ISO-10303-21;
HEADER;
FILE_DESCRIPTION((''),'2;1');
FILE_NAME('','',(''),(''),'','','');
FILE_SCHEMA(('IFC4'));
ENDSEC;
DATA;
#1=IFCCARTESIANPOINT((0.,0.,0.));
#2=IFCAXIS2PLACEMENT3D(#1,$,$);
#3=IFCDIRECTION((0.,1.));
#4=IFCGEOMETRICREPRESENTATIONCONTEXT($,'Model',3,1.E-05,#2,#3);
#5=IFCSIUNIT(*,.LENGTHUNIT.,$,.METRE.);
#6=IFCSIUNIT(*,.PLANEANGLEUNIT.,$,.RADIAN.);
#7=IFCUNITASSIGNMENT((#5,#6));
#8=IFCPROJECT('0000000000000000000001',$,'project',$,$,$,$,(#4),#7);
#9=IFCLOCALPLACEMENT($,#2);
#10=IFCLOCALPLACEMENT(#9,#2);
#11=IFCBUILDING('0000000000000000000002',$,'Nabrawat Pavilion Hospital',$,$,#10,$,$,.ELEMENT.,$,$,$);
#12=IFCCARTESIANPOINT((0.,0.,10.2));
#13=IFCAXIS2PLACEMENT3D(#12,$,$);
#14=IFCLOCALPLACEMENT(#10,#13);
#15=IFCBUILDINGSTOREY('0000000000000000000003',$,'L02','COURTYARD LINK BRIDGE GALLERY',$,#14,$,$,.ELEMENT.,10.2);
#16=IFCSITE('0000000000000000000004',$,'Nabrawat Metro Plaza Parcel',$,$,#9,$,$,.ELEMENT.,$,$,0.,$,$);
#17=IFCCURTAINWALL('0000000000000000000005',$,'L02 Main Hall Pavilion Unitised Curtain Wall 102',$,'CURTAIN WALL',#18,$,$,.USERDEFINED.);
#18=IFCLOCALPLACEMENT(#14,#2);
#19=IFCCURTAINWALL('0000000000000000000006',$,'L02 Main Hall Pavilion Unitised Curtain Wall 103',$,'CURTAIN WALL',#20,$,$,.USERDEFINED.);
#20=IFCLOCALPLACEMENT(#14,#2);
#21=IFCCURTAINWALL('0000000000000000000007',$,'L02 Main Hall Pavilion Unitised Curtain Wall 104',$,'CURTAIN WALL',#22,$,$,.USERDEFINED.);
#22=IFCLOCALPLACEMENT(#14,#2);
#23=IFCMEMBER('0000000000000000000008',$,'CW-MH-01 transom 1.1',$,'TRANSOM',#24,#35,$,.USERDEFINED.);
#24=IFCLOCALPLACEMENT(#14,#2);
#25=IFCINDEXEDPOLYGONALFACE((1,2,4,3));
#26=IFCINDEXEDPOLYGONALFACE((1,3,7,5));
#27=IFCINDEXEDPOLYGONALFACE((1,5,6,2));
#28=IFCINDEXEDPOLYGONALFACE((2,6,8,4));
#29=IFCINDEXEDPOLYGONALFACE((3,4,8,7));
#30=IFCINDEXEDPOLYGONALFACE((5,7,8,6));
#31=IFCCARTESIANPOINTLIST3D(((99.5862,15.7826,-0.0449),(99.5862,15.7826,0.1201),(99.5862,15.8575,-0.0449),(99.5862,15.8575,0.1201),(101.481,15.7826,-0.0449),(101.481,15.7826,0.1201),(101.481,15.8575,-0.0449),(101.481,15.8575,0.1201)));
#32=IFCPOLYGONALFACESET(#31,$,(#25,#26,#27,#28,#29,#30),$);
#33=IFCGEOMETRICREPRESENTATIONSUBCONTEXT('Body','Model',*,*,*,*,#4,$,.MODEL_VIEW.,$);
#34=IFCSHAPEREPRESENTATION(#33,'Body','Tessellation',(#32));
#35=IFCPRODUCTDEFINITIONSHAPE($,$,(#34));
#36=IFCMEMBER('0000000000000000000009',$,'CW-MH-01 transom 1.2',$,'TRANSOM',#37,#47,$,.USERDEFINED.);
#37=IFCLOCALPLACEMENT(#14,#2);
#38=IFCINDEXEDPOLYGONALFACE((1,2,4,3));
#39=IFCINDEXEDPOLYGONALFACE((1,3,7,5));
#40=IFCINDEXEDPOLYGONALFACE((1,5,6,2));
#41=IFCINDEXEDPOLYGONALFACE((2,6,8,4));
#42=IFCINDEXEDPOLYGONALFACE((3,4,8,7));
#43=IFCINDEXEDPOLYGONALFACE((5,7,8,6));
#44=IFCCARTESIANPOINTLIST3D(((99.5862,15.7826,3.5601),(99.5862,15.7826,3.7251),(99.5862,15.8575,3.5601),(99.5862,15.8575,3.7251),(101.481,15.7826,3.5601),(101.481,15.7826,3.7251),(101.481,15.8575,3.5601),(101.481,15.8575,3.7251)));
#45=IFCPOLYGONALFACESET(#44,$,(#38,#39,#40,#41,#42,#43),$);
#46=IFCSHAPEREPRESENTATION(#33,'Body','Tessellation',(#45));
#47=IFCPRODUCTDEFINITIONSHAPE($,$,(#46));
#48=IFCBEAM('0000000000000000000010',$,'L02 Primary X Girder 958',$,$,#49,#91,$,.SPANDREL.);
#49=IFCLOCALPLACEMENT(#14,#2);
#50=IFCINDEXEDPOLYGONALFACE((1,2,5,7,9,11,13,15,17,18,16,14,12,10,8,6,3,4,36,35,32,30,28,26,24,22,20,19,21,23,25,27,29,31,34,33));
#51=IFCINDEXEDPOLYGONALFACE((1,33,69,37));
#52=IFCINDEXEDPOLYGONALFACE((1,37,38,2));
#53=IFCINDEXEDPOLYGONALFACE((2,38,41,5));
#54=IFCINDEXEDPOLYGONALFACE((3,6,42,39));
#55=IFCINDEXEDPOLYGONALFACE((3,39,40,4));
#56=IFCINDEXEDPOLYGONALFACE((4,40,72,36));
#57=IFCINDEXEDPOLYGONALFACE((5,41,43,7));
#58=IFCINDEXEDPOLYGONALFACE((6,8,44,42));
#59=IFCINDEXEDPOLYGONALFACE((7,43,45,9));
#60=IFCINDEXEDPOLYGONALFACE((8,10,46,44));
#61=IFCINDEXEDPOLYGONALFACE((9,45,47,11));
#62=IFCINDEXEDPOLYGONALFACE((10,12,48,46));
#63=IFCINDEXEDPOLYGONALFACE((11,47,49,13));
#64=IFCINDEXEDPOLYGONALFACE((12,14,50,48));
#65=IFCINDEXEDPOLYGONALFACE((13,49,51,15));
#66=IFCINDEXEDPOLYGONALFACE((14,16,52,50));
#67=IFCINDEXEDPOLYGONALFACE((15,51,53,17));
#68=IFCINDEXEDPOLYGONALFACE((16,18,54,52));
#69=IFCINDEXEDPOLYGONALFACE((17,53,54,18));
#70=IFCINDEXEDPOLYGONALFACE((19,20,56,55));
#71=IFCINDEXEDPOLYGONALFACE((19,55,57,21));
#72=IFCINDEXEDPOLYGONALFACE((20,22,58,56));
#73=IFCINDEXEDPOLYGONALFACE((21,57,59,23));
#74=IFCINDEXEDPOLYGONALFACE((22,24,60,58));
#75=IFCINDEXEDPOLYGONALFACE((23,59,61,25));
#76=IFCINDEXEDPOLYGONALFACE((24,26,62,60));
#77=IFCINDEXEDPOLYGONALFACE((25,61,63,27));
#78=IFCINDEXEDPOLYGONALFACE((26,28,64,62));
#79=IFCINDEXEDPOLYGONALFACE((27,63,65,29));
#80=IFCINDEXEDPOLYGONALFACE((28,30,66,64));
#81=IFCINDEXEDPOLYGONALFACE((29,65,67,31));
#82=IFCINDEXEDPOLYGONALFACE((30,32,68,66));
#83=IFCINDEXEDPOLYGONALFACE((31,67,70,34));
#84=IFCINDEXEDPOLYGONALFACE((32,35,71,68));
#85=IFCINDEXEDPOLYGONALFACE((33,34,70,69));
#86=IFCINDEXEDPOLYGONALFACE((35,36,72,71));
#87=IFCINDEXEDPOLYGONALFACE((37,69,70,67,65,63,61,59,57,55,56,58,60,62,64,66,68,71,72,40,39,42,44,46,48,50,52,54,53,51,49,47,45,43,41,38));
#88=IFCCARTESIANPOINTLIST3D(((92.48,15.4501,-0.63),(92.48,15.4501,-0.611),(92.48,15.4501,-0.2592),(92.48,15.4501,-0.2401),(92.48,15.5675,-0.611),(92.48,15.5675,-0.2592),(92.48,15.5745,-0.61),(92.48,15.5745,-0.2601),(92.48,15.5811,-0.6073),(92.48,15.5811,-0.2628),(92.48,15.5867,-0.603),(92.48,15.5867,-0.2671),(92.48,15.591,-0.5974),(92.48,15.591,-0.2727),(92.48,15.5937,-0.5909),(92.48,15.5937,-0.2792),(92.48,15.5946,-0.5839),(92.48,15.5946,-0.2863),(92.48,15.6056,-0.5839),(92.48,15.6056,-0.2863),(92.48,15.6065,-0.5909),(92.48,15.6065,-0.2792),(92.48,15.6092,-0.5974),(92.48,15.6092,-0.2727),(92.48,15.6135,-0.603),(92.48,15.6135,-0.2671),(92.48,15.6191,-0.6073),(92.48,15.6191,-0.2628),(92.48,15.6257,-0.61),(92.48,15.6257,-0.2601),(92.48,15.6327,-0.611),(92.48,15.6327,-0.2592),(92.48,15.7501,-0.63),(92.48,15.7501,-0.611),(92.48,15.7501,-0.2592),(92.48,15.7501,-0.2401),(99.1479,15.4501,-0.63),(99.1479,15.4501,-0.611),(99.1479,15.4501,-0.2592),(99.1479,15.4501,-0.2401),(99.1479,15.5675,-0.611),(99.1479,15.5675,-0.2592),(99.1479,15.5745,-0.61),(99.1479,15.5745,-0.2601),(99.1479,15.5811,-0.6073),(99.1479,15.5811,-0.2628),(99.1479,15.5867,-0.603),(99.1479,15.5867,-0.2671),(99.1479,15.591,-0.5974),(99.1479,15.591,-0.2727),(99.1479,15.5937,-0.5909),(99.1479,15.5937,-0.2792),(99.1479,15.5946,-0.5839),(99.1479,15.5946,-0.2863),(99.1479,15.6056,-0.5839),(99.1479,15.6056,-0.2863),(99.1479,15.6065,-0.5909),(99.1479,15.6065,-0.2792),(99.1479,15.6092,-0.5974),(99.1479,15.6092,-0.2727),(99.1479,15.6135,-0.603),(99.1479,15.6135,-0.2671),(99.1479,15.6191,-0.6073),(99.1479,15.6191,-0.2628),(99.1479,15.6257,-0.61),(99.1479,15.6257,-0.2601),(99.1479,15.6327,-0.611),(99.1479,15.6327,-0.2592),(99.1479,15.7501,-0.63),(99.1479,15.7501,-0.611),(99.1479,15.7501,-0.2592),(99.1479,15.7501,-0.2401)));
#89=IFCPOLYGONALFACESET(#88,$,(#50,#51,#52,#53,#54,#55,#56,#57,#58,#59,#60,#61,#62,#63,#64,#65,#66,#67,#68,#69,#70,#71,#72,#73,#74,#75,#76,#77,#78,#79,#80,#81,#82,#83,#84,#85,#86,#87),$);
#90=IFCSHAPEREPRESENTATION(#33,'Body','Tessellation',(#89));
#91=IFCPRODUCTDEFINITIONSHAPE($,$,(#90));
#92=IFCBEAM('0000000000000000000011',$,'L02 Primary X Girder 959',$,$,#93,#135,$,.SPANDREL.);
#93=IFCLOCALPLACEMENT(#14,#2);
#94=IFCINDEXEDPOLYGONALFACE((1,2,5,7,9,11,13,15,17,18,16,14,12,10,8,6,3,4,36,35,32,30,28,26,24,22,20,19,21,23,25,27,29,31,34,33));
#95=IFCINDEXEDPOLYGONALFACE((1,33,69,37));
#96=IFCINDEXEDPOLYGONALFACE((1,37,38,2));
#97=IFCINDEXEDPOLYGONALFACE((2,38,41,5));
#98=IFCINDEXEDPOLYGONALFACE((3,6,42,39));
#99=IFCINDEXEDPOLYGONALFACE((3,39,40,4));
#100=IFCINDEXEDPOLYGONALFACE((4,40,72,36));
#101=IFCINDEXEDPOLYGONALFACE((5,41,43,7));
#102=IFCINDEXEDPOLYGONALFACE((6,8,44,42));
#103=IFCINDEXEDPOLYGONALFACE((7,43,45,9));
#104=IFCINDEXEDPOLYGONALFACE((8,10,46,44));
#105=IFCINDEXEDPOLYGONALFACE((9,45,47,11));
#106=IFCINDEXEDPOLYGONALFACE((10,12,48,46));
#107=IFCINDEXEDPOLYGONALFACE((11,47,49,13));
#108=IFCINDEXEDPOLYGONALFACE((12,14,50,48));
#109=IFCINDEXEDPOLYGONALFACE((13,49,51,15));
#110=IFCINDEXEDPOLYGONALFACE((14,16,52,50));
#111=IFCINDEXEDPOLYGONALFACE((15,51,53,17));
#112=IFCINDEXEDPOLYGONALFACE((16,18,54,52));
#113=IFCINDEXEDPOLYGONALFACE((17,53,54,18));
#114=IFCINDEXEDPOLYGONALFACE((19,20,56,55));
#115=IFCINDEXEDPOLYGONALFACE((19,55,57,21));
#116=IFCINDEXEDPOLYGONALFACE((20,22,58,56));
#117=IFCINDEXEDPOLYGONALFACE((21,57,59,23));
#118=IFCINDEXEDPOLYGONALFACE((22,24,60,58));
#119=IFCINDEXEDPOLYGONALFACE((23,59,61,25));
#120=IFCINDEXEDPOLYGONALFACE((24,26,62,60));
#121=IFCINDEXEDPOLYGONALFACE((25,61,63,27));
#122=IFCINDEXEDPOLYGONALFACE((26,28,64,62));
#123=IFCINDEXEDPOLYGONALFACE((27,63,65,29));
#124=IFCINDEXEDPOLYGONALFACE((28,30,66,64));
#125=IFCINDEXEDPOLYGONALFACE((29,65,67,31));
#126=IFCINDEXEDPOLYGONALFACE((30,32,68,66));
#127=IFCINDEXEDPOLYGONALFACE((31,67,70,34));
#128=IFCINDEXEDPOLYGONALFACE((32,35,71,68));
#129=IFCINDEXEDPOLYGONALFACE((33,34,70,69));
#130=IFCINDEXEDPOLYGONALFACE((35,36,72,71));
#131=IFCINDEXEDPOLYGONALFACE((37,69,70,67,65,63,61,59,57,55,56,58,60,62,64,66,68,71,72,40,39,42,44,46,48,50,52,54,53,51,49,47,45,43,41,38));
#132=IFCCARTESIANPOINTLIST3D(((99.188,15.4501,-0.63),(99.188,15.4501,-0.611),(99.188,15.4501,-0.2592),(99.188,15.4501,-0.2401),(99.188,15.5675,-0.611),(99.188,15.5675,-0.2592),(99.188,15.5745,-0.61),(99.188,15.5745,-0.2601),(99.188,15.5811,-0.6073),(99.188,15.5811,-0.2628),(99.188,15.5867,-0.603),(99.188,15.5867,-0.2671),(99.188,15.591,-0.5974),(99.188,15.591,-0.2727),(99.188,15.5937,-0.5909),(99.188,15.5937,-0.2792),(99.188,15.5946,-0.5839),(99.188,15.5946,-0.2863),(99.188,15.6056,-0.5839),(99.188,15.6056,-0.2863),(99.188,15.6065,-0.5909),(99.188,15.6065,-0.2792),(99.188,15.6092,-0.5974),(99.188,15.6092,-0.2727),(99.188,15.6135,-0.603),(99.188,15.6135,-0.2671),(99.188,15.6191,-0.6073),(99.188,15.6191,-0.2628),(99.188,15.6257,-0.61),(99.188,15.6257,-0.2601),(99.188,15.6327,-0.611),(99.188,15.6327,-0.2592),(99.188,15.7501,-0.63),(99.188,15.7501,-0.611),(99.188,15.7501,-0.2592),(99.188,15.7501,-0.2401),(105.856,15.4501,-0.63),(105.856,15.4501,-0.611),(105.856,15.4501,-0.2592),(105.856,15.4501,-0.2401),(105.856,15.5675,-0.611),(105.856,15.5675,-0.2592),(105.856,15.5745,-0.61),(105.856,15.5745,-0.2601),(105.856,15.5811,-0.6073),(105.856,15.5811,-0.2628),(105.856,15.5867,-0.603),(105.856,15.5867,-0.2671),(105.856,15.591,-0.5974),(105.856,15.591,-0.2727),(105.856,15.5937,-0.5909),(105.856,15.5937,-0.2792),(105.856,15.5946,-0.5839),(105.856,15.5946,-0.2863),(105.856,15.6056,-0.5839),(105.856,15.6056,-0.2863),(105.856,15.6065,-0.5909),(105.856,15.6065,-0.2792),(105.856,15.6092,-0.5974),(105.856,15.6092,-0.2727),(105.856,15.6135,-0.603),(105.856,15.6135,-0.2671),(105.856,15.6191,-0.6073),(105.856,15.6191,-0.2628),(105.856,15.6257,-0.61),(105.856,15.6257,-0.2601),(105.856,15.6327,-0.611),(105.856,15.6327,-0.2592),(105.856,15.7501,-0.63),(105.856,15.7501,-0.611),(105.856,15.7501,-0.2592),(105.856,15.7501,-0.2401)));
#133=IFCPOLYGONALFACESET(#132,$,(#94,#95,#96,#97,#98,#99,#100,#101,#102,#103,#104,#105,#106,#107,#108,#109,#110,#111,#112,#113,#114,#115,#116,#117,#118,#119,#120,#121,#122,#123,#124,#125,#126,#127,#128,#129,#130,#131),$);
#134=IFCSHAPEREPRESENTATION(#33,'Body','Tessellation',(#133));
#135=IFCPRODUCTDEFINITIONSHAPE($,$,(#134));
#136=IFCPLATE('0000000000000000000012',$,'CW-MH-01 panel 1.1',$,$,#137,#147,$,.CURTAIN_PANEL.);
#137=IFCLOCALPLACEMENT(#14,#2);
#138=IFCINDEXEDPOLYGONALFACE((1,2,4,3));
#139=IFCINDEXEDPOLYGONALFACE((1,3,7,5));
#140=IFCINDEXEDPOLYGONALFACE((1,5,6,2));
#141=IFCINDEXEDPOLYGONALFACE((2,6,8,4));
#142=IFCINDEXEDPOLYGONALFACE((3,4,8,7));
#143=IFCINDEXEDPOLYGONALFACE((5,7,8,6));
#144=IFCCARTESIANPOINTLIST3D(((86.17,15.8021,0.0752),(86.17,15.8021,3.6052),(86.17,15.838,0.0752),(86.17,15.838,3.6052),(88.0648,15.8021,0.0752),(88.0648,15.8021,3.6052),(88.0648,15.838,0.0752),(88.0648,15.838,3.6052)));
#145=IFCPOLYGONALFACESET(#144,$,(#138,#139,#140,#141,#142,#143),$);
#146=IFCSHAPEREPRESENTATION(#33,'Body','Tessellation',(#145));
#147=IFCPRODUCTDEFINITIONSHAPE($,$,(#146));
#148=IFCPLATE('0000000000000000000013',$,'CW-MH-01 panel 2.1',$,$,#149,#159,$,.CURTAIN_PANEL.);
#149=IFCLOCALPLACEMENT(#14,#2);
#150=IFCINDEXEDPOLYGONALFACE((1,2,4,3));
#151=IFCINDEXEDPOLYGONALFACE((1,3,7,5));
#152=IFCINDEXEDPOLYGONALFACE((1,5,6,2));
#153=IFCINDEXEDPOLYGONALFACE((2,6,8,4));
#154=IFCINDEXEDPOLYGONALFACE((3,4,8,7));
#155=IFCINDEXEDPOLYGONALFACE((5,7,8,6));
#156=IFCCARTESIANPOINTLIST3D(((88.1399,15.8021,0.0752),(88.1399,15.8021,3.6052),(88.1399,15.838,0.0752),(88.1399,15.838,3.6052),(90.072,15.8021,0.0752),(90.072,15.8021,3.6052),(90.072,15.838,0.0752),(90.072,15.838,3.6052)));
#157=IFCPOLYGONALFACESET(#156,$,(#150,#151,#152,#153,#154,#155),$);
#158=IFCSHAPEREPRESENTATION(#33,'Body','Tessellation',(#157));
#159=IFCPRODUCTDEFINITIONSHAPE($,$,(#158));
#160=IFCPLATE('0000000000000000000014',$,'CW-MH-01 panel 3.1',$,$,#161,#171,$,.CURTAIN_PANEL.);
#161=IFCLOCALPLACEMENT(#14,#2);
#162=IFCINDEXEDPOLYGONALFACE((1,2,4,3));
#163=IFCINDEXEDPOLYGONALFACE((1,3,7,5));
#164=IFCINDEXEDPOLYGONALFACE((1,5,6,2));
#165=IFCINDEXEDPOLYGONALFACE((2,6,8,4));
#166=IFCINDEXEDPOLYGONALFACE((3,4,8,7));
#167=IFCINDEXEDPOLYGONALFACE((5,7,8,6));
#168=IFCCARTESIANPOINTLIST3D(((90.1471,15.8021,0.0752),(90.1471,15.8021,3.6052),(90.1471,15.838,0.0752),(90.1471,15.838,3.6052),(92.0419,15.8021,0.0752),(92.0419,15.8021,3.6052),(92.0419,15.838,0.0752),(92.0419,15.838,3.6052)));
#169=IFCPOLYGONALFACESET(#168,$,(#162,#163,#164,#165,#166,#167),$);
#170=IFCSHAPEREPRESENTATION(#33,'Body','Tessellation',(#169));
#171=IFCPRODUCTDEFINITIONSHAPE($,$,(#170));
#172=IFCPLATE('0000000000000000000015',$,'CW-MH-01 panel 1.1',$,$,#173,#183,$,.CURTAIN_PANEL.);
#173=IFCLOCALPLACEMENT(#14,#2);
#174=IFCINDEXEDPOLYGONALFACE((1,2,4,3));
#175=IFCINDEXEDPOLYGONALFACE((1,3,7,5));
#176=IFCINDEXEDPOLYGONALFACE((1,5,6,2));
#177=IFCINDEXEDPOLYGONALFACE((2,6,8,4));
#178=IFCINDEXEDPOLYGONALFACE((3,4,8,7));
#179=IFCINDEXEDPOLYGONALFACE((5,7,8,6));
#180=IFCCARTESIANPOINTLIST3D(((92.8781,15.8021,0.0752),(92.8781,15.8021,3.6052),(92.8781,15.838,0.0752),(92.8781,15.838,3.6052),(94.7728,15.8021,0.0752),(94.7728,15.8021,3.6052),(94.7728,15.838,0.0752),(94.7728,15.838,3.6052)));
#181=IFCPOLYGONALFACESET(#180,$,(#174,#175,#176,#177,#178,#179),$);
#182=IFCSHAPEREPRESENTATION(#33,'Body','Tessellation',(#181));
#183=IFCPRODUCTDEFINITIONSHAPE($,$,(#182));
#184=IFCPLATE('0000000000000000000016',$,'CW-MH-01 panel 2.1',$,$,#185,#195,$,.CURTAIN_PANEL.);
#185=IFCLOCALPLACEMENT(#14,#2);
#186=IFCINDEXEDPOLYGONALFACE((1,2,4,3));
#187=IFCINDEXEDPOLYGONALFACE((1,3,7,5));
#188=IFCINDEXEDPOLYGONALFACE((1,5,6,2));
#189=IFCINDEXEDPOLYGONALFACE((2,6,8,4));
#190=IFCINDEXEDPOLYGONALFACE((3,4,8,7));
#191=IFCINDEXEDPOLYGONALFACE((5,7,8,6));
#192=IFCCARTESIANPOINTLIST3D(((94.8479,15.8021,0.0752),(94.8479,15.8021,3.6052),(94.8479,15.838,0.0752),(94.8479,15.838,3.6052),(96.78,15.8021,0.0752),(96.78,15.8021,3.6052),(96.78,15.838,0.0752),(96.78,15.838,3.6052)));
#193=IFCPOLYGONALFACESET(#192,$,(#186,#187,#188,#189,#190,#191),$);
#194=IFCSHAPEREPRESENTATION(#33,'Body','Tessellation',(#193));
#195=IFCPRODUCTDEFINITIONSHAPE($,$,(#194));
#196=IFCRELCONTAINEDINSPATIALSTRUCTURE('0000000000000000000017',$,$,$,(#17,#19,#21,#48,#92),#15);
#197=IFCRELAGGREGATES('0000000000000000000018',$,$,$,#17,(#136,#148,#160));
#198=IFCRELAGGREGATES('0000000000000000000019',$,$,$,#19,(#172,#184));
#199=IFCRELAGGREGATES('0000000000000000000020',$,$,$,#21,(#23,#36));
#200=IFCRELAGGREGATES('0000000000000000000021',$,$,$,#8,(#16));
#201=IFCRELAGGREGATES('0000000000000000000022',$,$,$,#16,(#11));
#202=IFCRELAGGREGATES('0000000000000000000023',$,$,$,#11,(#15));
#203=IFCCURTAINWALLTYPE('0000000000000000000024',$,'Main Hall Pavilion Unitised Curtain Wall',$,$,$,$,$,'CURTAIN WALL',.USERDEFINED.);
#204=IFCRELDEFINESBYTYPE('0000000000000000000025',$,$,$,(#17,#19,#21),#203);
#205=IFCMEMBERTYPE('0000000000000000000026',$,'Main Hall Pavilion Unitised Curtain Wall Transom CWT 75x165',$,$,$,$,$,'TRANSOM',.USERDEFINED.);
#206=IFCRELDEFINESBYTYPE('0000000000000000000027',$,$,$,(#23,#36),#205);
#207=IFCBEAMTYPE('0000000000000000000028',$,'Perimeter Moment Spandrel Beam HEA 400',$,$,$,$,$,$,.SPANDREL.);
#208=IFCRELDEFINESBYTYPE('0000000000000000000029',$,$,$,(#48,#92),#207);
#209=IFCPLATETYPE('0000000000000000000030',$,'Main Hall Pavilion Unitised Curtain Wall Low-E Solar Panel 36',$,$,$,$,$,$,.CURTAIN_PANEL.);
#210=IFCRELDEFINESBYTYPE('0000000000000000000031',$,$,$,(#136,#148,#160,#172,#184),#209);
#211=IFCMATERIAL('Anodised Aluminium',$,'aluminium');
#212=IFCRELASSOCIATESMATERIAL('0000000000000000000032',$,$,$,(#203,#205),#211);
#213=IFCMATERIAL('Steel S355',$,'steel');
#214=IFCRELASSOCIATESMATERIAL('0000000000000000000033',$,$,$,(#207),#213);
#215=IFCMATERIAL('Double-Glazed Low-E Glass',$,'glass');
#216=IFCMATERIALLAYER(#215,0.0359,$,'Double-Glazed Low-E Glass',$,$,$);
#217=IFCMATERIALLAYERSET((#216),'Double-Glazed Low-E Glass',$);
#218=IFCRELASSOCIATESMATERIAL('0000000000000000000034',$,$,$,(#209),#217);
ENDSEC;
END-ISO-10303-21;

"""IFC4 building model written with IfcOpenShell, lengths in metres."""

from ifc_helpers import new_model, si_unit, direction, frame, origin, origin_2d, place, context, subcontext, project, spatial, rectangle, i_section, extrude, material, layer, layer_set, material_profile, profile_set, type_object, element, aggregate, save


model = new_model("IFC4")

# Units and contexts
model_context = context("Model", 3, precision=1e-05, world=origin(), true_north=direction((0.0, 1.0)))
body_context = subcontext(model_context, "Body", "Model", "MODEL_VIEW")
ifc_project = project(units=[si_unit("LENGTHUNIT", "METRE"), si_unit("PLANEANGLEUNIT", "RADIAN")], contexts=[model_context])

# Site, building, storey
site_placement = place(None, origin())
site = spatial("IfcSite", under=ifc_project, at=site_placement, Name="Nabrawat Metro Plaza Parcel", CompositionType="ELEMENT", RefElevation=0.0)
building_placement = place(site_placement, origin())
building = spatial("IfcBuilding", under=site, at=building_placement, Name="Nabrawat Pavilion Hospital", CompositionType="ELEMENT")
storey_placement = place(building_placement, frame((0.0, 0.0, 10.2)))
storey = spatial("IfcBuildingStorey", under=building, at=storey_placement, Name="L02", Description="COURTYARD LINK BRIDGE GALLERY", CompositionType="ELEMENT", Elevation=10.2)

# Shared definitions
ifc_material_1 = material(Name="Steel S355", Category="steel")

# Curtain walls
ifc_material_2 = material(Name="Anodised Aluminium", Category="aluminium")
curtain_wall_type = type_object("IfcCurtainWallType", Name="Main Hall Pavilion Unitised Curtain Wall", ElementType="CURTAIN WALL", PredefinedType="USERDEFINED", material=ifc_material_2)
curtain_wall_1_placement = place(storey_placement, origin())
curtain_wall_1 = element("IfcCurtainWall", 1, at=curtain_wall_1_placement, inside=storey, type_object=curtain_wall_type, Name="L02 Main Hall Pavilion Unitised Curtain Wall 102", ObjectType="CURTAIN WALL", PredefinedType="USERDEFINED")
curtain_wall_2_placement = place(storey_placement, origin())
curtain_wall_2 = element("IfcCurtainWall", 2, at=curtain_wall_2_placement, inside=storey, type_object=curtain_wall_type, Name="L02 Main Hall Pavilion Unitised Curtain Wall 103", ObjectType="CURTAIN WALL", PredefinedType="USERDEFINED")

# Curtain wall
curtain_wall_3_placement = place(storey_placement, origin())
curtain_wall_3 = element("IfcCurtainWall", 3, at=curtain_wall_3_placement, inside=storey, type_object=curtain_wall_type, Name="L02 Main Hall Pavilion Unitised Curtain Wall 104", ObjectType="CURTAIN WALL", PredefinedType="USERDEFINED")

# Members
ifc_material_profile_1 = material_profile(ifc_material_2, rectangle(XDim=0.075, YDim=0.165, at=origin_2d()), Name="CWT 75x165")
ifc_profile_set_1 = profile_set([ifc_material_profile_1], Name="Anodised Aluminium")
member_type_1 = type_object("IfcMemberType", Name="Main Hall Pavilion Unitised Curtain Wall Transom CWT 75x165", ElementType="TRANSOM", PredefinedType="USERDEFINED", material=ifc_profile_set_1)
member_1_placement = place(storey_placement, frame((99.5862, 15.8201, 0.0376), z_axis=(1.0, 0.0, 0.0), x_axis=(0.0, 1.0, 0.0)))
member_1 = element("IfcMember", 4, at=member_1_placement, type_object=member_type_1, Name="CW-MH-01 transom 1.1", ObjectType="TRANSOM", PredefinedType="USERDEFINED", context=body_context, shape_type="SweptSolid", body=[
    extrude(rectangle(XDim=0.075, YDim=0.165, at=origin_2d()), origin(), (0.0, 0.0, 1.0), 1.8948),
])
member_2_placement = place(storey_placement, frame((99.5862, 15.8201, 3.6426), z_axis=(1.0, 0.0, 0.0), x_axis=(0.0, 1.0, 0.0)))
member_2 = element("IfcMember", 5, at=member_2_placement, type_object=member_type_1, Name="CW-MH-01 transom 1.2", ObjectType="TRANSOM", PredefinedType="USERDEFINED", context=body_context, shape_type="SweptSolid", body=[
    extrude(rectangle(XDim=0.075, YDim=0.165, at=origin_2d()), origin(), (0.0, 0.0, 1.0), 1.8948),
])

# Beams
ifc_material_profile_2 = material_profile(ifc_material_1, i_section(OverallWidth=0.3, OverallDepth=0.3899, WebThickness=0.011, FlangeThickness=0.019, FilletRadius=0.0271, at=origin_2d()), Name="HEA 400")
ifc_profile_set_2 = profile_set([ifc_material_profile_2], Name="Steel S355")
beam_type = type_object("IfcBeamType", Name="Perimeter Moment Spandrel Beam HEA 400", PredefinedType="SPANDREL", material=ifc_profile_set_2)
for number, where, z_axis, x_axis, name in (
    (6, (92.48, 15.6001, -0.4351), (1.0, 0.0, 0.0), (0.0, 1.0, 0.0), "L02 Primary X Girder 958"),
    (7, (99.188, 15.6001, -0.4351), (1.0, 0.0, 0.0), (0.0, 1.0, 0.0), "L02 Primary X Girder 959"),
):
    element("IfcBeam", number, at=place(storey_placement, frame(where, z_axis=z_axis, x_axis=x_axis)), inside=storey, type_object=beam_type, Name=name, PredefinedType="SPANDREL", context=body_context, shape_type="SweptSolid", body=[
        extrude(i_section(OverallWidth=0.3, OverallDepth=0.3899, WebThickness=0.011, FlangeThickness=0.019, FilletRadius=0.0271, at=origin_2d()), origin(), (0.0, 0.0, 1.0), 6.668),
    ])

# Plates
ifc_material_3 = material(Name="Double-Glazed Low-E Glass", Category="glass")
ifc_layer = layer(ifc_material_3, 0.0359, Name="Double-Glazed Low-E Glass")
ifc_layer_set = layer_set([ifc_layer], Name="Double-Glazed Low-E Glass")
plate_type = type_object("IfcPlateType", Name="Main Hall Pavilion Unitised Curtain Wall Low-E Solar Panel 36", PredefinedType="CURTAIN_PANEL", material=ifc_layer_set)
plate_1_placement = place(storey_placement, frame((87.1174, 15.8201, 0.0752), z_axis=(0.0, 0.0, 1.0), x_axis=(1.0, 0.0, 0.0)))
plate_1 = element("IfcPlate", 8, at=plate_1_placement, type_object=plate_type, Name="CW-MH-01 panel 1.1", PredefinedType="CURTAIN_PANEL", context=body_context, shape_type="SweptSolid", body=[
    extrude(rectangle(XDim=1.8948, YDim=0.0359, at=origin_2d()), origin(), (0.0, 0.0, 1.0), 3.53),
])
plate_2_placement = place(storey_placement, frame((89.106, 15.8201, 0.0752), z_axis=(0.0, 0.0, 1.0), x_axis=(1.0, 0.0, 0.0)))
plate_2 = element("IfcPlate", 9, at=plate_2_placement, type_object=plate_type, Name="CW-MH-01 panel 2.1", PredefinedType="CURTAIN_PANEL", context=body_context, shape_type="SweptSolid", body=[
    extrude(rectangle(XDim=1.9321, YDim=0.0359, at=origin_2d()), origin(), (0.0, 0.0, 1.0), 3.53),
])
plate_3_placement = place(storey_placement, frame((91.0945, 15.8201, 0.0752), z_axis=(0.0, 0.0, 1.0), x_axis=(1.0, 0.0, 0.0)))
plate_3 = element("IfcPlate", 10, at=plate_3_placement, type_object=plate_type, Name="CW-MH-01 panel 3.1", PredefinedType="CURTAIN_PANEL", context=body_context, shape_type="SweptSolid", body=[
    extrude(rectangle(XDim=1.8948, YDim=0.0359, at=origin_2d()), origin(), (0.0, 0.0, 1.0), 3.53),
])
aggregate(curtain_wall_1, [plate_1, plate_2, plate_3])
plate_4_placement = place(storey_placement, frame((93.8254, 15.8201, 0.0752), z_axis=(0.0, 0.0, 1.0), x_axis=(1.0, 0.0, 0.0)))
plate_4 = element("IfcPlate", 11, at=plate_4_placement, type_object=plate_type, Name="CW-MH-01 panel 1.1", PredefinedType="CURTAIN_PANEL", context=body_context, shape_type="SweptSolid", body=[
    extrude(rectangle(XDim=1.8948, YDim=0.0359, at=origin_2d()), origin(), (0.0, 0.0, 1.0), 3.53),
])
plate_5_placement = place(storey_placement, frame((95.814, 15.8201, 0.0752), z_axis=(0.0, 0.0, 1.0), x_axis=(1.0, 0.0, 0.0)))
plate_5 = element("IfcPlate", 12, at=plate_5_placement, type_object=plate_type, Name="CW-MH-01 panel 2.1", PredefinedType="CURTAIN_PANEL", context=body_context, shape_type="SweptSolid", body=[
    extrude(rectangle(XDim=1.9321, YDim=0.0359, at=origin_2d()), origin(), (0.0, 0.0, 1.0), 3.53),
])
aggregate(curtain_wall_2, [plate_4, plate_5])
aggregate(curtain_wall_3, [member_1, member_2])

save(model, "model.ifc")
